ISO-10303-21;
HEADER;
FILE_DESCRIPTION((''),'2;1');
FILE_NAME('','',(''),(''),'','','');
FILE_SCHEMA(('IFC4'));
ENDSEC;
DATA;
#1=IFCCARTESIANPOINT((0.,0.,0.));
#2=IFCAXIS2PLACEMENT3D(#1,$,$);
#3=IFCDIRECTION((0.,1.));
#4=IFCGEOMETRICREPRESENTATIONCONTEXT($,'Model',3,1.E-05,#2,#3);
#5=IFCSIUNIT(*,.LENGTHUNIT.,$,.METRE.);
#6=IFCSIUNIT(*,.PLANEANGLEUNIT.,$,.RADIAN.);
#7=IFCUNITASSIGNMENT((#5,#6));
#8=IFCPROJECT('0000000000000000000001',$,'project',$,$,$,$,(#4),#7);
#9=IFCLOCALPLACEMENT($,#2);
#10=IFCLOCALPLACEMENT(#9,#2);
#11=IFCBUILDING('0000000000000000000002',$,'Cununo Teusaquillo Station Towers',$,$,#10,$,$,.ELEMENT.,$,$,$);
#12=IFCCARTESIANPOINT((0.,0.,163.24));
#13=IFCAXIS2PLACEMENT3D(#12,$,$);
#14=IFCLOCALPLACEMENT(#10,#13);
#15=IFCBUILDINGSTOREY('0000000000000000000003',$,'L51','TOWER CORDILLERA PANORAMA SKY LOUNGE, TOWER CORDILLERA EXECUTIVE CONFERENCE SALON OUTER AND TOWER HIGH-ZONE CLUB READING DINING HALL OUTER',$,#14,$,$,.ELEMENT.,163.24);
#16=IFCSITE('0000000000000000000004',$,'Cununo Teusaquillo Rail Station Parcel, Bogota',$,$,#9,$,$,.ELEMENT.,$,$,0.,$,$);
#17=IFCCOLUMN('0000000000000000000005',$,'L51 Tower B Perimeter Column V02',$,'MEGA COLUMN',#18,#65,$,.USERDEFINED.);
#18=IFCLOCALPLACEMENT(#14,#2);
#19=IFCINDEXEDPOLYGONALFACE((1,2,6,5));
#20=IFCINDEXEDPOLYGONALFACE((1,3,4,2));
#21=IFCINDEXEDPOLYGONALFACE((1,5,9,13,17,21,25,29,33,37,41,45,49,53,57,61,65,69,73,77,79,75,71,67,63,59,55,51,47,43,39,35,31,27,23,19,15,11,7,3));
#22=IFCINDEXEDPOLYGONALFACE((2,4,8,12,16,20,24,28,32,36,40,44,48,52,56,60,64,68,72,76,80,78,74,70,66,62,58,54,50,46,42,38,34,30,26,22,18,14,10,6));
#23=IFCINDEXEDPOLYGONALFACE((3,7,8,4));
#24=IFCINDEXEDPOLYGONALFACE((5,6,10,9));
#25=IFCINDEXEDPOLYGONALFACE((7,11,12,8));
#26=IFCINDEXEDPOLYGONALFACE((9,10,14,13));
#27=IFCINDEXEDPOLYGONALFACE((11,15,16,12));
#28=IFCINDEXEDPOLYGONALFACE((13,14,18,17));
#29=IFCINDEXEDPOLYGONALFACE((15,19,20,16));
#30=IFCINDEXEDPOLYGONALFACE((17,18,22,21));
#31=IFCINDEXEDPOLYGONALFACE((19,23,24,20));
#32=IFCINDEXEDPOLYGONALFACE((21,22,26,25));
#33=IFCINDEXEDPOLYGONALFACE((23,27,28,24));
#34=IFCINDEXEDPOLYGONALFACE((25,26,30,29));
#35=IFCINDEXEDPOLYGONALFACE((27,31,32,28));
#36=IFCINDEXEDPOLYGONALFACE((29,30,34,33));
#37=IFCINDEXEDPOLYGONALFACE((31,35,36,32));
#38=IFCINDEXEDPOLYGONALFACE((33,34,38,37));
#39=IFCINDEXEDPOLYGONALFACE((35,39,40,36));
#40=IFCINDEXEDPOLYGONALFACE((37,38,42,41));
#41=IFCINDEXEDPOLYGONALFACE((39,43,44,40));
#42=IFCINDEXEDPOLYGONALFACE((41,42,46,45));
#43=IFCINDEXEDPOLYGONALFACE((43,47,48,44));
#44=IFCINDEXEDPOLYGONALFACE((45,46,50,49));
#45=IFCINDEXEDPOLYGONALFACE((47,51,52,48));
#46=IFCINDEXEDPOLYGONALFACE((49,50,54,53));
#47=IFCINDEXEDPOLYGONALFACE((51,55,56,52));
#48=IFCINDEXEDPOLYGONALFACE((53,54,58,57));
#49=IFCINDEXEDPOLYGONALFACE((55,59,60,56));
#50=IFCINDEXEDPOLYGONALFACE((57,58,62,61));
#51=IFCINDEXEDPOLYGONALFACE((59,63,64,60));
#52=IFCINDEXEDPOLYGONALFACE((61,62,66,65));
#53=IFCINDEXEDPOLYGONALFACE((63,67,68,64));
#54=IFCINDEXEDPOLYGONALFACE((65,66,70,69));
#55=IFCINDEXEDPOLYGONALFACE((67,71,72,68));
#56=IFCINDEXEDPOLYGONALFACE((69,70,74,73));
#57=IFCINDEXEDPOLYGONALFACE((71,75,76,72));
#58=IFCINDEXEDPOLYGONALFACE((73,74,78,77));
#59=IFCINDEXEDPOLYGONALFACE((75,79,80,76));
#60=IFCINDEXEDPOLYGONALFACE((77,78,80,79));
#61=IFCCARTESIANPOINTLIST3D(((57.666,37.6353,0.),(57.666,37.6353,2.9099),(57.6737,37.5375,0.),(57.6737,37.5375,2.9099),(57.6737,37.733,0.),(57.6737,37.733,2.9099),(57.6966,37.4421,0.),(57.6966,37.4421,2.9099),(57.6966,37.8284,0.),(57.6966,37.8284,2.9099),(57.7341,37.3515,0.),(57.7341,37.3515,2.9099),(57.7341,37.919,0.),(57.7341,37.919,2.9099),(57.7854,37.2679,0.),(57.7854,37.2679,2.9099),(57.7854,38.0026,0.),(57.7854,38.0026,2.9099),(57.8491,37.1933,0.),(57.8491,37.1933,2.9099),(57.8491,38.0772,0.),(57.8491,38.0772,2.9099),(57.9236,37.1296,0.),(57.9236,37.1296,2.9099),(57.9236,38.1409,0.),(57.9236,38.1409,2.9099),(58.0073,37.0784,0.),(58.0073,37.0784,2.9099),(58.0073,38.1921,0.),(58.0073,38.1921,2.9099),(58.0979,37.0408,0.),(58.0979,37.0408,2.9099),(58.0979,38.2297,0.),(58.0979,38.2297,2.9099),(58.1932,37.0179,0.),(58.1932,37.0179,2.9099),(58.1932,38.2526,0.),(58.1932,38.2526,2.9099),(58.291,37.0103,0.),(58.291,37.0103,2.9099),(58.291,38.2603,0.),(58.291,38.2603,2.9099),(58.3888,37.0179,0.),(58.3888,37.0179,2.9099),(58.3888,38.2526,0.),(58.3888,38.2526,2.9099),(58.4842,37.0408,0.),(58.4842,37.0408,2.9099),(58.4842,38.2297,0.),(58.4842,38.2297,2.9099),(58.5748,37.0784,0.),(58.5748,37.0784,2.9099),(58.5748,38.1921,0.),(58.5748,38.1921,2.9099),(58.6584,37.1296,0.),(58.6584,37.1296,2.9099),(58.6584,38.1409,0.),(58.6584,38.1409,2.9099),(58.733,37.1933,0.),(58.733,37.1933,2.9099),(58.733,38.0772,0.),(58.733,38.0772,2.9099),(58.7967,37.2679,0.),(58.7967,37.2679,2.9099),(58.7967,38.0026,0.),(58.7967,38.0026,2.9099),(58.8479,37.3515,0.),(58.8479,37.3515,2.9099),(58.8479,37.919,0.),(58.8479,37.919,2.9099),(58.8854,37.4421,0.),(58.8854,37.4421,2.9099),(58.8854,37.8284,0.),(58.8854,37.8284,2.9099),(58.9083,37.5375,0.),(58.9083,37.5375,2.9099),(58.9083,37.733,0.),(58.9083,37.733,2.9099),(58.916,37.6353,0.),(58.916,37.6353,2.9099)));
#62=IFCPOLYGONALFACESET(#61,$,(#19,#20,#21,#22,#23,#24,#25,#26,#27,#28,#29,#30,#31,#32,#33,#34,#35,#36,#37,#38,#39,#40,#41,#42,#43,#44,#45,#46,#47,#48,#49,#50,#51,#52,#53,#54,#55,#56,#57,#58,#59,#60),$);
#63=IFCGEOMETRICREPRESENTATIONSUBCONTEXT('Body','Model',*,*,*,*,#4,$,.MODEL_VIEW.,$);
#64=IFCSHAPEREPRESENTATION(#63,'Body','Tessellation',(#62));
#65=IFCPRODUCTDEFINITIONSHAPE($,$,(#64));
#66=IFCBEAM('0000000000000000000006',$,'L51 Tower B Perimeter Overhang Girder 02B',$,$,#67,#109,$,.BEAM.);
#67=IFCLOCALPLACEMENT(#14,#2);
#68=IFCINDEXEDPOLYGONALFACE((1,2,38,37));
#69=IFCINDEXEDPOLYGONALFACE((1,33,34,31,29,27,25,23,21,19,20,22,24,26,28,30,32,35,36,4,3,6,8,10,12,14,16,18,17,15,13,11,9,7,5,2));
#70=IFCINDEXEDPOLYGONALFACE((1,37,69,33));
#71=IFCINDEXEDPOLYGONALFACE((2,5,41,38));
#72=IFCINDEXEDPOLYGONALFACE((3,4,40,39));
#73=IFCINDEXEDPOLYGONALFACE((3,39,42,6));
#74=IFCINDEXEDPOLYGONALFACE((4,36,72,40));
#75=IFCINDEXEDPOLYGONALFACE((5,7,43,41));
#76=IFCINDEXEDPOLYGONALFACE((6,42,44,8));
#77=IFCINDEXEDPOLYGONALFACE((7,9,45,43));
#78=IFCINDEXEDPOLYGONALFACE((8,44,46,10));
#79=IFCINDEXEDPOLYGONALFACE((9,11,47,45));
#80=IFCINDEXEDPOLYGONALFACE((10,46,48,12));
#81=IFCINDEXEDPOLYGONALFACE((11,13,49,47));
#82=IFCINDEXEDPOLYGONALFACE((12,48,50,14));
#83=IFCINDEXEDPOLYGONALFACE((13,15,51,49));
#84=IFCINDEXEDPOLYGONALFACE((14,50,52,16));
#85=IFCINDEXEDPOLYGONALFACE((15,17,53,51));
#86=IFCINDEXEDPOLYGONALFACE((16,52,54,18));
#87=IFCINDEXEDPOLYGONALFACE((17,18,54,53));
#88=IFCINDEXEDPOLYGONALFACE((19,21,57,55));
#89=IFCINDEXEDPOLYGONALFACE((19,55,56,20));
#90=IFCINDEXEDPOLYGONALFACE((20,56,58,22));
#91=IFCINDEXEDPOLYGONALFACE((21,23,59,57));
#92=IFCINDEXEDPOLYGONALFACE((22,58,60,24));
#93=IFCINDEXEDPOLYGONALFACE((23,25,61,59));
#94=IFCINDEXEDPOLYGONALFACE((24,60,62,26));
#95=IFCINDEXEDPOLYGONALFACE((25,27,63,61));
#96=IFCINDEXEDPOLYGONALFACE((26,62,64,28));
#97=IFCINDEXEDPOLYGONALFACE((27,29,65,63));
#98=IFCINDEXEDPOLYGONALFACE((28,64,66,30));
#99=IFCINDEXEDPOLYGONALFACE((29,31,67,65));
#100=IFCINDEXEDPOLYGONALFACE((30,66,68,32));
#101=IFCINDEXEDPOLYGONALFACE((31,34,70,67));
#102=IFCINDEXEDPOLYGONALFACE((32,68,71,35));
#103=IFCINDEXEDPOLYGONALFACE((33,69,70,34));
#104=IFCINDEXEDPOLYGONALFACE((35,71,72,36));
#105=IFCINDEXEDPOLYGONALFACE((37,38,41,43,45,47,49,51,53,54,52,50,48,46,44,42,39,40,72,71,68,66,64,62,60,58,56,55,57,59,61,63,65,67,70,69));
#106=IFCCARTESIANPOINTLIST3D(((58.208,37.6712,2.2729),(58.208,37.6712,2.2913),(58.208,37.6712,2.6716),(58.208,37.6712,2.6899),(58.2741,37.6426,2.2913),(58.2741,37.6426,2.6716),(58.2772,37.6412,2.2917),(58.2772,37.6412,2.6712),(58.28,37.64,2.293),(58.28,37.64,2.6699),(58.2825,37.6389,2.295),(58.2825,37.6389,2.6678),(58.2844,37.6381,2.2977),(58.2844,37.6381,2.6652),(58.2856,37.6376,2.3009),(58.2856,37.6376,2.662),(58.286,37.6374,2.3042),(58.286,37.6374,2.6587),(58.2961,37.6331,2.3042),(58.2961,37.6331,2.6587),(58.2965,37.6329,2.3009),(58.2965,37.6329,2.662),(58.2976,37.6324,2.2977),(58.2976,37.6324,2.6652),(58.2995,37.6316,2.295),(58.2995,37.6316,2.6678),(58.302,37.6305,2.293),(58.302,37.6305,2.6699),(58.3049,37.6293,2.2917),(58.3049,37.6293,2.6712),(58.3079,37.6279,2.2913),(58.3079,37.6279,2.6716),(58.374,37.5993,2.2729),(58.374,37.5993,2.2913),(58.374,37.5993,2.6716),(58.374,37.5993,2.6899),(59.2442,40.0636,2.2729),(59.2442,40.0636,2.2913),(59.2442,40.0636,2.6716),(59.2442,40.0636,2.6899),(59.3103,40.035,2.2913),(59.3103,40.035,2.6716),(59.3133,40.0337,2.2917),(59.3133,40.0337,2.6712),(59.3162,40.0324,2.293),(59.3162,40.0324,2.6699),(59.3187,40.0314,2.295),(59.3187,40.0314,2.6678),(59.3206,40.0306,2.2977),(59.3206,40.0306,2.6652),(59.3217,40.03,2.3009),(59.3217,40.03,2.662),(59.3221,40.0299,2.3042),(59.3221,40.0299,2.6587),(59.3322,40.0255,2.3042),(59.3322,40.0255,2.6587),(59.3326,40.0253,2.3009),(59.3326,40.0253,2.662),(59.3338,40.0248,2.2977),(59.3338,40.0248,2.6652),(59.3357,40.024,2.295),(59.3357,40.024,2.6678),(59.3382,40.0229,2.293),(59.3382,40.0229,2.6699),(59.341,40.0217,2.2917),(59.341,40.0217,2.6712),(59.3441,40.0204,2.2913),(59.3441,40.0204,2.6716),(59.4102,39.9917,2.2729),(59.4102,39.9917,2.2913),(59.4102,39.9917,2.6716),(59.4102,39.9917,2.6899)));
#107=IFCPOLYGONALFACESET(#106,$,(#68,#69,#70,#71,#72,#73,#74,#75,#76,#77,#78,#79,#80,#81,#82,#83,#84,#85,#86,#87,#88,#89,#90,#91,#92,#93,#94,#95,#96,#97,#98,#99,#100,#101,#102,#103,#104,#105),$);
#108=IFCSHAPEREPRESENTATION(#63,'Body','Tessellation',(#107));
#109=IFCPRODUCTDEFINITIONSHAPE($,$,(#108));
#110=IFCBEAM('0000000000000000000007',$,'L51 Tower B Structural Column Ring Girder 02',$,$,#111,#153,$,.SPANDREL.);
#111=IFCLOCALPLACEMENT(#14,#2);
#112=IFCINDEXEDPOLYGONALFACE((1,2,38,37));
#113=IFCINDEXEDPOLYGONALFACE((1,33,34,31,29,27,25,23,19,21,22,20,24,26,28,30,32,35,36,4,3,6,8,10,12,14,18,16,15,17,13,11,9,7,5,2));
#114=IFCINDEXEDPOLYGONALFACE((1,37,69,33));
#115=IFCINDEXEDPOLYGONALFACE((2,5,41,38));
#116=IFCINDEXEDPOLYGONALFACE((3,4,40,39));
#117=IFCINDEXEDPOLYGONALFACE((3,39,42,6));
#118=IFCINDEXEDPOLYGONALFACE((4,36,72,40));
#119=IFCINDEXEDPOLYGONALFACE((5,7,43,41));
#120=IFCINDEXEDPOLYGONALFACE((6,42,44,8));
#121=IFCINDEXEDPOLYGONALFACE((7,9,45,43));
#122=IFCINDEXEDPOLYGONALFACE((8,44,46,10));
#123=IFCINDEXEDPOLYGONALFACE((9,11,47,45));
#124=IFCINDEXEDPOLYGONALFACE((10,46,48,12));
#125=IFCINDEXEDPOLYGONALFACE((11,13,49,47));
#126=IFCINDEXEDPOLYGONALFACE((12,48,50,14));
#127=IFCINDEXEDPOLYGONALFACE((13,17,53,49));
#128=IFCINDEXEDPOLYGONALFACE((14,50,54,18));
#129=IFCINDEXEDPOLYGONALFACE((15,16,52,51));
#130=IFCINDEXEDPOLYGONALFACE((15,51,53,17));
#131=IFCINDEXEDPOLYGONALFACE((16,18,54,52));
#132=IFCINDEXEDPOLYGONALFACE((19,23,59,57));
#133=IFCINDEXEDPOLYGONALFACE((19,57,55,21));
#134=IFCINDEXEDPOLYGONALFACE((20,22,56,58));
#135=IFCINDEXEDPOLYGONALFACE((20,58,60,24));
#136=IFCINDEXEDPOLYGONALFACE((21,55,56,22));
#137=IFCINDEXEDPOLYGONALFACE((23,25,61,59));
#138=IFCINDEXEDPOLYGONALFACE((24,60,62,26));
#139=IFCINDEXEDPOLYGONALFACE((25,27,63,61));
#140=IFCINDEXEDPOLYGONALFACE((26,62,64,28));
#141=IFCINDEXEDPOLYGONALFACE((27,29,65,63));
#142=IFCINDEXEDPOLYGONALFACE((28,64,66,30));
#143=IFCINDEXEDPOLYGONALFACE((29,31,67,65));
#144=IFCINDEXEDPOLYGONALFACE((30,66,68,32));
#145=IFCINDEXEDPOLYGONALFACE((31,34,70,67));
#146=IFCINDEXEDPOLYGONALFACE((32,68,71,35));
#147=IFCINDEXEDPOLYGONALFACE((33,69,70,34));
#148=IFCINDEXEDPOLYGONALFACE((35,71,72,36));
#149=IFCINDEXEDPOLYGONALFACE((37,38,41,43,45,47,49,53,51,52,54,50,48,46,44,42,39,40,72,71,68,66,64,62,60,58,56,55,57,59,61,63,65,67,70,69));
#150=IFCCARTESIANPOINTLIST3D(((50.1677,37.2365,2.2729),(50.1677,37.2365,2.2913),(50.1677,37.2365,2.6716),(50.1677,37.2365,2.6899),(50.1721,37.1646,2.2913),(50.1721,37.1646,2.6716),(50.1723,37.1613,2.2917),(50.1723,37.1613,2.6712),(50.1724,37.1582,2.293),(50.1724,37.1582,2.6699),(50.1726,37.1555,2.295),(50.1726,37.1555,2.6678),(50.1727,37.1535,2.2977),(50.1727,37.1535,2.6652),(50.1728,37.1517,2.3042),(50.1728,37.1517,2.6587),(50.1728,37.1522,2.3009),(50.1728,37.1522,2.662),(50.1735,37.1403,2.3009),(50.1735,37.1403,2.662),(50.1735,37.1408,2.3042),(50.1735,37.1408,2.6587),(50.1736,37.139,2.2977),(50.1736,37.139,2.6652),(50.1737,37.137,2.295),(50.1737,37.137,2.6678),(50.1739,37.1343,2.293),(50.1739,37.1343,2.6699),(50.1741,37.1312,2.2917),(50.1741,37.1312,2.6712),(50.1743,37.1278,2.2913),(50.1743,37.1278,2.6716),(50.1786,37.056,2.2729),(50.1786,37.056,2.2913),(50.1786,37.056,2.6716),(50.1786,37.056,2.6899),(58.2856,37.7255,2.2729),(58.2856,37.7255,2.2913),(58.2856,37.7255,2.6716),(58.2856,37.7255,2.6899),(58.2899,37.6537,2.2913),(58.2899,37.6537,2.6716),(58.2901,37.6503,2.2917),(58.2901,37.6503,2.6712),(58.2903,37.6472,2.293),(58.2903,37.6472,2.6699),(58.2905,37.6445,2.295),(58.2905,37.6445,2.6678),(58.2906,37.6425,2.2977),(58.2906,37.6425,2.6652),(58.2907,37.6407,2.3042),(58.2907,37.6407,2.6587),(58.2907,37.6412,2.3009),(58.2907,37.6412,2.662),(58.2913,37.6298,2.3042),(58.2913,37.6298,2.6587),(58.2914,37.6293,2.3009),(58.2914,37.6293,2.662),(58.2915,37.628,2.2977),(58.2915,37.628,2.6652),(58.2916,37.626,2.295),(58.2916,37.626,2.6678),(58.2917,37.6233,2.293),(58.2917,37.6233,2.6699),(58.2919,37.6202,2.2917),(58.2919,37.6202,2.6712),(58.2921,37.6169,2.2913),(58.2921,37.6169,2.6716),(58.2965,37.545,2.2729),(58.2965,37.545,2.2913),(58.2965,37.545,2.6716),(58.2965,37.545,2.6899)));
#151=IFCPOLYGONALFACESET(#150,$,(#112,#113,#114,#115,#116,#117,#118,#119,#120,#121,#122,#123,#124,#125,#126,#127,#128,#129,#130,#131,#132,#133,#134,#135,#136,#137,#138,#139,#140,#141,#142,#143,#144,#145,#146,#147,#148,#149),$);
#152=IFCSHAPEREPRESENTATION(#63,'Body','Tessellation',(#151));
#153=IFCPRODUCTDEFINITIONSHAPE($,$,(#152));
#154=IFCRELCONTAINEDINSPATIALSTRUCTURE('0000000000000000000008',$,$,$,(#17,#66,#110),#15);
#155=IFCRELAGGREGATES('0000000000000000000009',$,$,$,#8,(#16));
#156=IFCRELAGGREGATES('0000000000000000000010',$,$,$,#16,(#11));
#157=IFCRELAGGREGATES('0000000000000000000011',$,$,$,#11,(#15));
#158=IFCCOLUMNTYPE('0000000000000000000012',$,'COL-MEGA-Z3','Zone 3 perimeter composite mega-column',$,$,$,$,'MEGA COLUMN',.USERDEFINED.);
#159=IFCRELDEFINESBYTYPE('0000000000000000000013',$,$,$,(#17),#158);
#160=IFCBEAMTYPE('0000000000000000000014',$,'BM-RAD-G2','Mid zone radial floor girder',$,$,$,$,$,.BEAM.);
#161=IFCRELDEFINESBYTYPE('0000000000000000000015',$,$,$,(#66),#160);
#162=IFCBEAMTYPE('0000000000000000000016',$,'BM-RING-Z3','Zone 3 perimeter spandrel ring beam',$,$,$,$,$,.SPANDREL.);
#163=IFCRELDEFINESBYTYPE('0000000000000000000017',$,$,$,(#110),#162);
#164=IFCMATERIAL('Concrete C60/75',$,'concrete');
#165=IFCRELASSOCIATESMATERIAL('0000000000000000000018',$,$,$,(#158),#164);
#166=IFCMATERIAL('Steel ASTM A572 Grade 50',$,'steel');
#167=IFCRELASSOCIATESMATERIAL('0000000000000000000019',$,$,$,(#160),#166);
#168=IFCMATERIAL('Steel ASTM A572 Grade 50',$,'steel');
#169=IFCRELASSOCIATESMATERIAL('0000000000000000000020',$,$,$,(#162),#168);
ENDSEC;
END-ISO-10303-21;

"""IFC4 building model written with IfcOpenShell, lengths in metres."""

from ifc_helpers import new_model, si_unit, direction, frame, origin, origin_2d, place, context, subcontext, project, spatial, circle, i_section, extrude, material, material_profile, profile_set, type_object, element, save


model = new_model("IFC4")

# Units and contexts
model_context = context("Model", 3, precision=1e-05, world=origin(), true_north=direction((0.0, 1.0)))
body_context = subcontext(model_context, "Body", "Model", "MODEL_VIEW")
ifc_project = project(units=[si_unit("LENGTHUNIT", "METRE"), si_unit("PLANEANGLEUNIT", "RADIAN")], contexts=[model_context])

# Site, building, storey
site_placement = place(None, origin())
site = spatial("IfcSite", under=ifc_project, at=site_placement, Name="Cununo Teusaquillo Rail Station Parcel, Bogota", CompositionType="ELEMENT", RefElevation=0.0)
building_placement = place(site_placement, origin())
building = spatial("IfcBuilding", under=site, at=building_placement, Name="Cununo Teusaquillo Station Towers", CompositionType="ELEMENT")
storey_placement = place(building_placement, frame((0.0, 0.0, 163.24)))
storey = spatial("IfcBuildingStorey", under=building, at=storey_placement, Name="L51", Description="TOWER CORDILLERA PANORAMA SKY LOUNGE, TOWER CORDILLERA EXECUTIVE CONFERENCE SALON OUTER AND TOWER HIGH-ZONE CLUB READING DINING HALL OUTER", CompositionType="ELEMENT", Elevation=163.24)

# Column
ifc_material_1 = material(Name="Concrete C60/75", Category="concrete")
ifc_material_profile_1 = material_profile(ifc_material_1, circle(Radius=0.625, at=origin_2d()), Name="RC-CIRC-1250")
ifc_profile_set_1 = profile_set([ifc_material_profile_1], Name="Concrete C60/75")
column_type = type_object("IfcColumnType", Name="COL-MEGA-Z3", Description="Zone 3 perimeter composite mega-column", ElementType="MEGA COLUMN", PredefinedType="USERDEFINED", material=ifc_profile_set_1)
column_placement = place(storey_placement, frame((58.291, 37.6353, 0.0), z_axis=(0.0, 0.0, 1.0), x_axis=(1.0, 0.0, 0.0)))
element("IfcColumn", 1, at=column_placement, inside=storey, type_object=column_type, Name="L51 Tower B Perimeter Column V02", ObjectType="MEGA COLUMN", PredefinedType="USERDEFINED", context=body_context, shape_type="SweptSolid", body=[
    extrude(circle(Radius=0.625, at=origin_2d()), origin(), (0.0, 0.0, 1.0), 2.9099),
])

# Beams
ifc_material_2 = material(Name="Steel ASTM A572 Grade 50", Category="steel")
ifc_material_profile_2 = material_profile(ifc_material_2, i_section(OverallWidth=0.1809, OverallDepth=0.417, WebThickness=0.011, FlangeThickness=0.0183, FilletRadius=0.0129, at=origin_2d()), Name="W16X57")
ifc_profile_set_2 = profile_set([ifc_material_profile_2], Name="Steel ASTM A572 Grade 50")
beam_type_1 = type_object("IfcBeamType", Name="BM-RAD-G2", Description="Mid zone radial floor girder", PredefinedType="BEAM", material=ifc_profile_set_2)
beam_1_placement = place(storey_placement, frame((58.291, 37.6353, 2.4814), z_axis=(0.397431, 0.917632, 0.0), x_axis=(-0.917632, 0.397431, 0.0)))
element("IfcBeam", 2, at=beam_1_placement, inside=storey, type_object=beam_type_1, Name="L51 Tower B Perimeter Overhang Girder 02B", PredefinedType="BEAM", context=body_context, shape_type="SweptSolid", body=[
    extrude(i_section(OverallWidth=0.1809, OverallDepth=0.417, WebThickness=0.011, FlangeThickness=0.0183, FilletRadius=0.0129, at=origin_2d()), origin(), (0.0, 0.0, 1.0), 2.6072),
])
ifc_material_3 = material(Name="Steel ASTM A572 Grade 50", Category="steel")
ifc_material_profile_3 = material_profile(ifc_material_3, i_section(OverallWidth=0.1809, OverallDepth=0.417, WebThickness=0.011, FlangeThickness=0.0183, FilletRadius=0.0129, at=origin_2d()), Name="W16X57")
ifc_profile_set_3 = profile_set([ifc_material_profile_3], Name="Steel ASTM A572 Grade 50")
beam_type_2 = type_object("IfcBeamType", Name="BM-RING-Z3", Description="Zone 3 perimeter spandrel ring beam", PredefinedType="SPANDREL", material=ifc_profile_set_3)
beam_2_placement = place(storey_placement, frame((58.291, 37.6353, 2.4814), z_axis=(-0.998191, -0.06013, 0.0), x_axis=(0.06013, -0.998191, 0.0)))
element("IfcBeam", 3, at=beam_2_placement, inside=storey, type_object=beam_type_2, Name="L51 Tower B Structural Column Ring Girder 02", PredefinedType="SPANDREL", context=body_context, shape_type="SweptSolid", body=[
    extrude(i_section(OverallWidth=0.1809, OverallDepth=0.417, WebThickness=0.011, FlangeThickness=0.0183, FilletRadius=0.0129, at=origin_2d()), origin(), (0.0, 0.0, 1.0), 8.1326),
])

save(model, "model.ifc")
